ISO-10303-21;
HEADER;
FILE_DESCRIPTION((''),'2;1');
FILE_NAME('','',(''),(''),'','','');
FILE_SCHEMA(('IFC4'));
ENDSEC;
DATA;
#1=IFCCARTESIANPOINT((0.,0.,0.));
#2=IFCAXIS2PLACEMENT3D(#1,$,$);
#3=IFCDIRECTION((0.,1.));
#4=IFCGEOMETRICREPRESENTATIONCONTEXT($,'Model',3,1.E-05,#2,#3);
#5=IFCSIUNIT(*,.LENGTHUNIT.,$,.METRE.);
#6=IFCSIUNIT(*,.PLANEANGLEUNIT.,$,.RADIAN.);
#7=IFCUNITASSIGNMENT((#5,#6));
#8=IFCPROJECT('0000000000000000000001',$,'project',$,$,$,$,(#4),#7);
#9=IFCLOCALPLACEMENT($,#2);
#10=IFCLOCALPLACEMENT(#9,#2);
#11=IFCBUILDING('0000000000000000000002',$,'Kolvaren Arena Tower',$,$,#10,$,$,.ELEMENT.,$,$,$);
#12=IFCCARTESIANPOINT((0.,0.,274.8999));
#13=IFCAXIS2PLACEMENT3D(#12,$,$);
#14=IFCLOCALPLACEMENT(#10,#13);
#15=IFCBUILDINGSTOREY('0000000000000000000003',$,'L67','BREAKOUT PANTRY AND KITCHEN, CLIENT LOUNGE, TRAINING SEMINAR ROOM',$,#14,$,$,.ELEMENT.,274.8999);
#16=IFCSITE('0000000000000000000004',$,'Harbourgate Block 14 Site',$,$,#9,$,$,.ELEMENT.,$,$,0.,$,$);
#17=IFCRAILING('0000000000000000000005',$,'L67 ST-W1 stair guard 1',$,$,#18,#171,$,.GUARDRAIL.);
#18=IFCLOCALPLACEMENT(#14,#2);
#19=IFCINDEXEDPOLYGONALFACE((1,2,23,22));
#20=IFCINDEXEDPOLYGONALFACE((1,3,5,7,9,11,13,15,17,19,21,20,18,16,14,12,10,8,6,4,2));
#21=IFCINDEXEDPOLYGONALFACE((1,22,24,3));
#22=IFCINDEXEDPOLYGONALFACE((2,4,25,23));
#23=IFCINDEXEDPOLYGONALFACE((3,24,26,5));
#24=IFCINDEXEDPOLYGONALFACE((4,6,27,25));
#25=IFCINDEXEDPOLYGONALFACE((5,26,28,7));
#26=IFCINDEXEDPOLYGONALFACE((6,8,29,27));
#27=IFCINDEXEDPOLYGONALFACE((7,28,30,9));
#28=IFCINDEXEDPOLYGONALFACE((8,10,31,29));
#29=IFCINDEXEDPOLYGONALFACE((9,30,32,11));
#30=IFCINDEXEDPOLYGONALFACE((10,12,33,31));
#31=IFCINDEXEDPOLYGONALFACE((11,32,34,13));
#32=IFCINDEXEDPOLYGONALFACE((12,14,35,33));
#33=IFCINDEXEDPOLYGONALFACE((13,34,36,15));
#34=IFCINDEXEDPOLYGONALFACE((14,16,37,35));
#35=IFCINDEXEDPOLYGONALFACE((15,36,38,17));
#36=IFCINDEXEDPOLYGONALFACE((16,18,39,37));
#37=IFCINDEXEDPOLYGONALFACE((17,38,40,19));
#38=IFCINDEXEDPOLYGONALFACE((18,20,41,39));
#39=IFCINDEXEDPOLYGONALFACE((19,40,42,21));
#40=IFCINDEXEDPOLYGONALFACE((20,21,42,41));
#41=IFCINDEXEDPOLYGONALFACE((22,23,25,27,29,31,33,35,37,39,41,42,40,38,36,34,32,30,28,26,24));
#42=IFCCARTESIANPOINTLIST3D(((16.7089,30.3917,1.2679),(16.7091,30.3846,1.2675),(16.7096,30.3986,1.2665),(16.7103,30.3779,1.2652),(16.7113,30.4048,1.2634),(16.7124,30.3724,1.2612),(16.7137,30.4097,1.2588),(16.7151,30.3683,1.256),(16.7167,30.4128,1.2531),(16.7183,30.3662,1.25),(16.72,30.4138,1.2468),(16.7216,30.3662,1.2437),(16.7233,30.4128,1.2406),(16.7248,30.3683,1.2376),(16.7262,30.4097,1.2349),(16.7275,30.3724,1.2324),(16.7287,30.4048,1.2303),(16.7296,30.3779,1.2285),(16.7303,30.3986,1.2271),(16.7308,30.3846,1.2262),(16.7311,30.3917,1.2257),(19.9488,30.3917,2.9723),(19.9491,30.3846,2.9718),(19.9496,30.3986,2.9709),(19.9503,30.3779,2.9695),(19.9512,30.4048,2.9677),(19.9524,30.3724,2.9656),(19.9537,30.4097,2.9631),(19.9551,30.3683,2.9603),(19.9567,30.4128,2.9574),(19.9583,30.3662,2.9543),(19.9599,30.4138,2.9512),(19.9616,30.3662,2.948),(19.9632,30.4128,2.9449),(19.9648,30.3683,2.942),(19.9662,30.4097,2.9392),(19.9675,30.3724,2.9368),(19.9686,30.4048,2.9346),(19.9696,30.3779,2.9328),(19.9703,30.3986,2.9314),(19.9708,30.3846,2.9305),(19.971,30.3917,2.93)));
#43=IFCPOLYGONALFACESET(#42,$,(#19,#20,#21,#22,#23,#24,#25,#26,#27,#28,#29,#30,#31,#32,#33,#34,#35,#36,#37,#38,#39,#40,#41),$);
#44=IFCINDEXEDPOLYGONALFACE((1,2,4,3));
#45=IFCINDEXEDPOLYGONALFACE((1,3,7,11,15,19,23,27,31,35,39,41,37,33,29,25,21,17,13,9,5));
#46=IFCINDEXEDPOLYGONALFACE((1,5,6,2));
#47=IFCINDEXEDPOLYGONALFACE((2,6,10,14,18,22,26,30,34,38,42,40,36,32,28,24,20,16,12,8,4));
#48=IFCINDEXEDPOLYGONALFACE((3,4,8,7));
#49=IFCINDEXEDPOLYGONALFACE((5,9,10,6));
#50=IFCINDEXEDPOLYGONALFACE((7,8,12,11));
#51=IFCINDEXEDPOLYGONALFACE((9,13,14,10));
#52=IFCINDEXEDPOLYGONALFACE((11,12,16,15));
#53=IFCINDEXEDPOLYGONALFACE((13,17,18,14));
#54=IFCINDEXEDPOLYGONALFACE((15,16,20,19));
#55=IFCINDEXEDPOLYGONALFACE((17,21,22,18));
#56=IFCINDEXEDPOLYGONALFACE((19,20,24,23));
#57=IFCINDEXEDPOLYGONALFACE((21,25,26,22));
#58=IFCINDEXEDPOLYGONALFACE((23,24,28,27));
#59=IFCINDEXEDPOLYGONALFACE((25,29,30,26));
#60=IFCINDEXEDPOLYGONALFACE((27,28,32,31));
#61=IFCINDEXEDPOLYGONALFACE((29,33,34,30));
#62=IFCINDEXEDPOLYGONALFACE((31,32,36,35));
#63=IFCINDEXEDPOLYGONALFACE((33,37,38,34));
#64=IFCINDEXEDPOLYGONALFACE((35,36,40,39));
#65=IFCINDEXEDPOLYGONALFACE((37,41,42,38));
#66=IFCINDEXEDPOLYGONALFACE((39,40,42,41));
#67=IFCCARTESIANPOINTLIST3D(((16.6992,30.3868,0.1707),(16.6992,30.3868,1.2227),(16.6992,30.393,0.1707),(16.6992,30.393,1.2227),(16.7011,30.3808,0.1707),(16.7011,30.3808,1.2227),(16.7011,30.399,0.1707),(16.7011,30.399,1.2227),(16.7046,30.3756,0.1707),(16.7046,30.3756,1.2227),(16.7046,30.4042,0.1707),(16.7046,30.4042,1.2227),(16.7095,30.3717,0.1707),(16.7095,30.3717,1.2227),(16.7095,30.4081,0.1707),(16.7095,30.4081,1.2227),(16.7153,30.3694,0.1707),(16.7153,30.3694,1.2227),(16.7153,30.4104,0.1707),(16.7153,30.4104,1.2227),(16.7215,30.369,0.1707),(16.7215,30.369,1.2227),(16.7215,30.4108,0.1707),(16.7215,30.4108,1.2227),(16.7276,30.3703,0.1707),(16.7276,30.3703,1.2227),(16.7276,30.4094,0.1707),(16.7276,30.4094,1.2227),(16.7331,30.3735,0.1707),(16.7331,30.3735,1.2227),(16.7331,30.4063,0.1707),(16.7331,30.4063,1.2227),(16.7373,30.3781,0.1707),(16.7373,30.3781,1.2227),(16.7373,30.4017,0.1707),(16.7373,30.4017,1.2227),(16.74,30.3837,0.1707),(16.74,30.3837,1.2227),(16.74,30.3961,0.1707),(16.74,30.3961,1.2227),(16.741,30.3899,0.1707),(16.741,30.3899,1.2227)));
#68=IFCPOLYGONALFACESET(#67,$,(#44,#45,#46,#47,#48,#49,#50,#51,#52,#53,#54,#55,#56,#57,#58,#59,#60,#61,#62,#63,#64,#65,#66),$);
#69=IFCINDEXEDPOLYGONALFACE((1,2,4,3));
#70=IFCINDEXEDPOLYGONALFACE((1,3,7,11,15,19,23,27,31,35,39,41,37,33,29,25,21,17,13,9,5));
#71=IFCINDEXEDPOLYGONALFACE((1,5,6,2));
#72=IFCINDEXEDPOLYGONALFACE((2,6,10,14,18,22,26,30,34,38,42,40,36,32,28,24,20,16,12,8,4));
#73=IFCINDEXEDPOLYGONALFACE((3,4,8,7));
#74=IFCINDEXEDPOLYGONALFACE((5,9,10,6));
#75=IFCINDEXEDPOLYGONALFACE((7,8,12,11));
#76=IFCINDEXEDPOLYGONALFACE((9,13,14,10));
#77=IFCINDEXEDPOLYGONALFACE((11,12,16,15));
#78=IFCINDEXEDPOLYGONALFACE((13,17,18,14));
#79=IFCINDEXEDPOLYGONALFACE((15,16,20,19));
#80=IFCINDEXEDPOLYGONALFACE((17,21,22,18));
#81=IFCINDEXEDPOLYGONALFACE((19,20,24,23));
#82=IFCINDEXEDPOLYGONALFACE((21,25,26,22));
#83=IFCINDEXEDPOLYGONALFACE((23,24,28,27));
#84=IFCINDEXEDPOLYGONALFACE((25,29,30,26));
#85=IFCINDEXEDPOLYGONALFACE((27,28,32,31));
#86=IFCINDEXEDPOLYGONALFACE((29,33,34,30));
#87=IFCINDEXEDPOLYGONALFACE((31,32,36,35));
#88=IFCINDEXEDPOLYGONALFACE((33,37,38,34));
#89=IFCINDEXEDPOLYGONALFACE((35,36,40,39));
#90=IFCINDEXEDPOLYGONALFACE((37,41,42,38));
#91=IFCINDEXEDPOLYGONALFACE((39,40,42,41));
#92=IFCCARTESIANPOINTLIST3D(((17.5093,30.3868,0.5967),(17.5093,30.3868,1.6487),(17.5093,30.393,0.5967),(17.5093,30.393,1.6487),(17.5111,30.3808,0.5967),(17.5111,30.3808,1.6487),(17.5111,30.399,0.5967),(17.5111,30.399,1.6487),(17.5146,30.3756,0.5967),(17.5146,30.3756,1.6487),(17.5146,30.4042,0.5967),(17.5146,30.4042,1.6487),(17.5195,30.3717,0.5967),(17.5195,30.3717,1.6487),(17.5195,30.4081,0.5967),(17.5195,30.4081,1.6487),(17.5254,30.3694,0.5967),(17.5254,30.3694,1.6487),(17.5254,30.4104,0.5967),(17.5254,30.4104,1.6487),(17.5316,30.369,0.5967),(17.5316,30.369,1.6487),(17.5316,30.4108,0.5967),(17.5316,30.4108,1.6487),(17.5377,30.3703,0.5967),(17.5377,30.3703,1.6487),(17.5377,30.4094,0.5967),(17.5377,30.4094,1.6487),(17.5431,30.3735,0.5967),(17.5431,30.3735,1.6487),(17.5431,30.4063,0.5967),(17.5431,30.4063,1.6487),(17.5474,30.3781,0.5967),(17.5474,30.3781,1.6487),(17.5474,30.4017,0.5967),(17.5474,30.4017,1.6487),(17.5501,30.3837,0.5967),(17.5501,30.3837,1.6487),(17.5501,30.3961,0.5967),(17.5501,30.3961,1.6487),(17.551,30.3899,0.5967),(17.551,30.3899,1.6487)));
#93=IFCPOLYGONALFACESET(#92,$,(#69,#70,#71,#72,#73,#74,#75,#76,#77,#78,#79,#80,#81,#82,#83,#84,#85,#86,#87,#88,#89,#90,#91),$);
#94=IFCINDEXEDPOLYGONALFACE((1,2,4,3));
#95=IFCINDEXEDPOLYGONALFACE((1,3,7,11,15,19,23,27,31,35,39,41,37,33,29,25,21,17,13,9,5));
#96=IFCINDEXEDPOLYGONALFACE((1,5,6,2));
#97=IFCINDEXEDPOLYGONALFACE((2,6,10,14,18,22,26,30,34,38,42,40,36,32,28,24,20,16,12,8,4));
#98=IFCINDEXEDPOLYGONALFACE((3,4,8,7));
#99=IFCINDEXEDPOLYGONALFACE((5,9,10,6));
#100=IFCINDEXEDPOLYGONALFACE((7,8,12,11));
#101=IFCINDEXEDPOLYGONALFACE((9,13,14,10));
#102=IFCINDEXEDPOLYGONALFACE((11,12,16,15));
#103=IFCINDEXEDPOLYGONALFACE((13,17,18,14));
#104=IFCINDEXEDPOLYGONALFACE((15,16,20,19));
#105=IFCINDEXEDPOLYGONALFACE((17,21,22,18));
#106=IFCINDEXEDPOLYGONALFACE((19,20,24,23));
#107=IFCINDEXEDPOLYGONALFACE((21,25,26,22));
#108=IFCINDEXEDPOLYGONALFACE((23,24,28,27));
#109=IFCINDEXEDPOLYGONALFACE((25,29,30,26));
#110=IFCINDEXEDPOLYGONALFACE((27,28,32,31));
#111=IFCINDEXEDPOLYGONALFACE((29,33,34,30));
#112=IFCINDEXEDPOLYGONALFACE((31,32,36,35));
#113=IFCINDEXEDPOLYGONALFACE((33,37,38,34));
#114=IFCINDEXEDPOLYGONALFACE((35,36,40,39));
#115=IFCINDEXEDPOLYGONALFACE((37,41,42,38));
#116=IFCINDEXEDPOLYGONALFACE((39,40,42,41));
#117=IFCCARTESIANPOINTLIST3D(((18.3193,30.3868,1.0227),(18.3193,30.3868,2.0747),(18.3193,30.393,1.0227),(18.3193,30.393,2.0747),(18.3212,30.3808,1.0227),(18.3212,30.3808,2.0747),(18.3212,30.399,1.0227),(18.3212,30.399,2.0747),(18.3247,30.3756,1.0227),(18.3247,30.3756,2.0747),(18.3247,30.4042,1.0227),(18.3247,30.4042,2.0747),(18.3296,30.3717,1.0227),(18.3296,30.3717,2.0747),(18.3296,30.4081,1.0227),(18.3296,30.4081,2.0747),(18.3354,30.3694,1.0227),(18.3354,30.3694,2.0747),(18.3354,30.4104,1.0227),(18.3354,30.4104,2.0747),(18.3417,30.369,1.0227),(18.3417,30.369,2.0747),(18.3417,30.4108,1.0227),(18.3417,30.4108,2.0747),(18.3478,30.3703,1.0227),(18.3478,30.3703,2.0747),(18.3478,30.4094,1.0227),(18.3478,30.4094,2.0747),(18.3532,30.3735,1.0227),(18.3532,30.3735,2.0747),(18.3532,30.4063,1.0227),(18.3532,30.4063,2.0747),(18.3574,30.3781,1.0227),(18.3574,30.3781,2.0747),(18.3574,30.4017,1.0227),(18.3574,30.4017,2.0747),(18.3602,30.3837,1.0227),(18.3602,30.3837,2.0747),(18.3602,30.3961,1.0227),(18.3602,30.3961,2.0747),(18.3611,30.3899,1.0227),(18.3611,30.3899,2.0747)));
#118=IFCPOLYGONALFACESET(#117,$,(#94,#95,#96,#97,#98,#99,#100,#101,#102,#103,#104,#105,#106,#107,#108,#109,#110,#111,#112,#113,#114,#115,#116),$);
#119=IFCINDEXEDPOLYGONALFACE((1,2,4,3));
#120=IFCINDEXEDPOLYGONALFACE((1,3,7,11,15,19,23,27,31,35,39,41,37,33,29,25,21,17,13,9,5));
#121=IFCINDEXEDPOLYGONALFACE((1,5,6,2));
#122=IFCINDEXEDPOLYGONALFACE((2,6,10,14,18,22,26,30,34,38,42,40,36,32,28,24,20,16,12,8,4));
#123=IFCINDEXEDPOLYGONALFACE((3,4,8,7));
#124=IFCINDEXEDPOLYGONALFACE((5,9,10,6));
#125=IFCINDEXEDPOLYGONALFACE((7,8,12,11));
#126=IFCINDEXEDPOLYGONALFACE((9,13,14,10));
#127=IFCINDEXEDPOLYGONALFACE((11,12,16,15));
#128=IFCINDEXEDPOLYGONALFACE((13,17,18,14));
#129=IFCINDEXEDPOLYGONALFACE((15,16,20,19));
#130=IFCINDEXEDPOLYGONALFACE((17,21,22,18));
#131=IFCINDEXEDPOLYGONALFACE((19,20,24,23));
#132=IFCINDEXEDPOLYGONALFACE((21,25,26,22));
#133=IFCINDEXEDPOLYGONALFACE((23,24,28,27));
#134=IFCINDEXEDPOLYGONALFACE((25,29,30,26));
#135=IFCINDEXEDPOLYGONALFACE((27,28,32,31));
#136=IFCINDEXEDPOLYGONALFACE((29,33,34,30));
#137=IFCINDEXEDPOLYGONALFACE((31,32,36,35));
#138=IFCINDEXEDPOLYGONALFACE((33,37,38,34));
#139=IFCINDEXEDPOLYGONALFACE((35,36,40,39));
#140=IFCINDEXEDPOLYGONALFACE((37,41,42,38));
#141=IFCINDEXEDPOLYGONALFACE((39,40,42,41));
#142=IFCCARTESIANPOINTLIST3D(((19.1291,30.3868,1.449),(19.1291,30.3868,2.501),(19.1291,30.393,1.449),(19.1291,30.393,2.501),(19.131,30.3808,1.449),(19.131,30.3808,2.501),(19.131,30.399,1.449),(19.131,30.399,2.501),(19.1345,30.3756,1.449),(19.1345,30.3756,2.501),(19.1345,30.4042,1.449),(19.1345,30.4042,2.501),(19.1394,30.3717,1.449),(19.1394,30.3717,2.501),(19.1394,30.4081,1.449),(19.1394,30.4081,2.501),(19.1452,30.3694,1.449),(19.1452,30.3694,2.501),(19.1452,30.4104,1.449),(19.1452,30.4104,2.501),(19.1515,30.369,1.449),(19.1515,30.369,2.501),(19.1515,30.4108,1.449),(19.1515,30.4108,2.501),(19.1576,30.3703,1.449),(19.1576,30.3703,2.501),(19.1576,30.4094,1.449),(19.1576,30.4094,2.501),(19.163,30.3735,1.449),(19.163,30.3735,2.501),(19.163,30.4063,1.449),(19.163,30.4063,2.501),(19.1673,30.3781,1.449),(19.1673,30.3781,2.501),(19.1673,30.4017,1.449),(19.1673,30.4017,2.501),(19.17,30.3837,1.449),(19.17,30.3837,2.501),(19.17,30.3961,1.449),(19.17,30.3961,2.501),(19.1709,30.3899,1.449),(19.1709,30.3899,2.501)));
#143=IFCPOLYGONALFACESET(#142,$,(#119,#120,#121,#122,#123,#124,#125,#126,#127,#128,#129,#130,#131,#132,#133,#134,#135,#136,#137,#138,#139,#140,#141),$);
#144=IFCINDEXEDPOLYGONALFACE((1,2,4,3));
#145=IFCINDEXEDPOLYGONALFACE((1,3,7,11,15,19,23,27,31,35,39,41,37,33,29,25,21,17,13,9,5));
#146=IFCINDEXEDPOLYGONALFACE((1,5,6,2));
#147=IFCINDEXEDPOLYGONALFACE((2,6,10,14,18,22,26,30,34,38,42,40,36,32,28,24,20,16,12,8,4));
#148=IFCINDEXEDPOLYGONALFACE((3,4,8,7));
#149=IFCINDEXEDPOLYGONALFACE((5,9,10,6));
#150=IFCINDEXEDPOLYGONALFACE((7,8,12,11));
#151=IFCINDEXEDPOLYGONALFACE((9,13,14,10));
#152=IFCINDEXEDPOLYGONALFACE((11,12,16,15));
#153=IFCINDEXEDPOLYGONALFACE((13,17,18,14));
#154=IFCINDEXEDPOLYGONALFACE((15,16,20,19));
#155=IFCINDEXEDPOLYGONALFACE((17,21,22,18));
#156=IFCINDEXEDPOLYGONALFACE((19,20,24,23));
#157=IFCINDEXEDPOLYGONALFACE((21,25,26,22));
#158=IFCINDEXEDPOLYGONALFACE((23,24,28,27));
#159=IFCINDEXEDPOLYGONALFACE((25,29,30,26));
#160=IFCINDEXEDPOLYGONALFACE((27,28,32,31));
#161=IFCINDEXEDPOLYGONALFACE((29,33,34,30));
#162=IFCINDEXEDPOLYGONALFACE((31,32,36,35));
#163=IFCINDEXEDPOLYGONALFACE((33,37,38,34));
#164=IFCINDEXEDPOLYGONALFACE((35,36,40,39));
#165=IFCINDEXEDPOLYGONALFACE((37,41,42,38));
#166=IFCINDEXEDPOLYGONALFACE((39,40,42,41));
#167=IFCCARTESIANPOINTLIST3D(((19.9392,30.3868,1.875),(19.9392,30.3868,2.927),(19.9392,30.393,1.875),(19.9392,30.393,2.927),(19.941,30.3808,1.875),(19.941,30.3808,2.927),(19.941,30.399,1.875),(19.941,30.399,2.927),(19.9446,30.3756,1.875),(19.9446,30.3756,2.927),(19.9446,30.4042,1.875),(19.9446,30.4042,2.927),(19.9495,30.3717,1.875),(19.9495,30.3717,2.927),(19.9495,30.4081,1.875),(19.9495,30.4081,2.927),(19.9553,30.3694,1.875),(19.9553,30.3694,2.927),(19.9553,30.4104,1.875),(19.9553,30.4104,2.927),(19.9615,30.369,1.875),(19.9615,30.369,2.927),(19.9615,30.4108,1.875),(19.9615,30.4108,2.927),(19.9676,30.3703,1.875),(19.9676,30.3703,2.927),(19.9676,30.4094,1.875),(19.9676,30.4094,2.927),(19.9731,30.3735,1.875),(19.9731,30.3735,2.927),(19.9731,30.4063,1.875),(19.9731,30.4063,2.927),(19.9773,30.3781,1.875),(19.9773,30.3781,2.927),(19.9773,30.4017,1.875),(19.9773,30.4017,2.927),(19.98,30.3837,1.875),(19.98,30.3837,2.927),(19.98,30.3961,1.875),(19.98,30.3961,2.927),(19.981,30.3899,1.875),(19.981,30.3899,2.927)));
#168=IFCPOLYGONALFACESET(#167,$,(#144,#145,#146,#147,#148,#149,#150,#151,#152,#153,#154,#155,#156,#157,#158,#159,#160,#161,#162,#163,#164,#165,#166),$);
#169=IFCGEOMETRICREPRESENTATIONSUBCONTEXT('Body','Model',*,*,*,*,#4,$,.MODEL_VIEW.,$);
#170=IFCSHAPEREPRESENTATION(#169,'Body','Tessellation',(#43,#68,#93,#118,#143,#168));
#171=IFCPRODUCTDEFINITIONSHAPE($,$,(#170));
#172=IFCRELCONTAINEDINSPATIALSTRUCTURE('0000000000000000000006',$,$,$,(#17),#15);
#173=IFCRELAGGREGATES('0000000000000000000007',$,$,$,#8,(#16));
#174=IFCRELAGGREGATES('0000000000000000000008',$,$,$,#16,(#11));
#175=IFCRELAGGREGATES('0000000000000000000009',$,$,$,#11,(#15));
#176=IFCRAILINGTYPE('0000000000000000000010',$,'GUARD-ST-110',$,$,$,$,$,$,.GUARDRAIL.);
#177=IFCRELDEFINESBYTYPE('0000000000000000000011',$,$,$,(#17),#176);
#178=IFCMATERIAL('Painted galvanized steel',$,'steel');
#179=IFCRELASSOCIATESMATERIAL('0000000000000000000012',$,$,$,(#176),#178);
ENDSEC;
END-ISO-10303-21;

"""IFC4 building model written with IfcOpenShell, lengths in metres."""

from ifc_helpers import new_model, si_unit, direction, frame, origin, origin_2d, place, context, subcontext, project, spatial, circle, extrude, material, type_object, element, save


model = new_model("IFC4")

# Units and contexts
model_context = context("Model", 3, precision=1e-05, world=origin(), true_north=direction((0.0, 1.0)))
body_context = subcontext(model_context, "Body", "Model", "MODEL_VIEW")
ifc_project = project(units=[si_unit("LENGTHUNIT", "METRE"), si_unit("PLANEANGLEUNIT", "RADIAN")], contexts=[model_context])

# Site, building, storey
site_placement = place(None, origin())
site = spatial("IfcSite", under=ifc_project, at=site_placement, Name="Harbourgate Block 14 Site", CompositionType="ELEMENT", RefElevation=0.0)
building_placement = place(site_placement, origin())
building = spatial("IfcBuilding", under=site, at=building_placement, Name="Kolvaren Arena Tower", CompositionType="ELEMENT")
storey_placement = place(building_placement, frame((0.0, 0.0, 274.8999)))
storey = spatial("IfcBuildingStorey", under=building, at=storey_placement, Name="L67", Description="BREAKOUT PANTRY AND KITCHEN, CLIENT LOUNGE, TRAINING SEMINAR ROOM", CompositionType="ELEMENT", Elevation=274.8999)

# Railing
ifc_material_1 = material(Name="Painted galvanized steel", Category="steel")
railing_type_1 = type_object("IfcRailingType", Name="GUARD-ST-110", PredefinedType="GUARDRAIL", material=ifc_material_1)
railing_1_placement = place(storey_placement, frame((16.72, 30.3899, 0.1707)))
element("IfcRailing", 1, at=railing_1_placement, inside=storey, type_object=railing_type_1, Name="L67 ST-W1 stair guard 1", PredefinedType="GUARDRAIL", context=body_context, shape_type="SweptSolid", body=[
    extrude(circle(Radius=0.0239, at=origin_2d()), frame((0.0, 0.0, 1.0762), z_axis=(0.885021, 0.0, 0.465551), x_axis=(0.0, 1.0, 0.0)), (0.0, 0.0, 1.0), 3.6609),
    extrude(circle(Radius=0.021, at=origin_2d()), origin(), (0.0, 0.0, 1.0), 1.052),
    extrude(circle(Radius=0.021, at=origin_2d()), frame((0.8101, 0.0, 0.426)), (0.0, 0.0, 1.0), 1.052),
    extrude(circle(Radius=0.021, at=origin_2d()), frame((1.6201, 0.0, 0.8521)), (0.0, 0.0, 1.0), 1.052),
    extrude(circle(Radius=0.021, at=origin_2d()), frame((2.4299, 0.0, 1.2783)), (0.0, 0.0, 1.0), 1.052),
    extrude(circle(Radius=0.021, at=origin_2d()), frame((3.24, 0.0, 1.7043)), (0.0, 0.0, 1.0), 1.052),
])

save(model, "model.ifc")
